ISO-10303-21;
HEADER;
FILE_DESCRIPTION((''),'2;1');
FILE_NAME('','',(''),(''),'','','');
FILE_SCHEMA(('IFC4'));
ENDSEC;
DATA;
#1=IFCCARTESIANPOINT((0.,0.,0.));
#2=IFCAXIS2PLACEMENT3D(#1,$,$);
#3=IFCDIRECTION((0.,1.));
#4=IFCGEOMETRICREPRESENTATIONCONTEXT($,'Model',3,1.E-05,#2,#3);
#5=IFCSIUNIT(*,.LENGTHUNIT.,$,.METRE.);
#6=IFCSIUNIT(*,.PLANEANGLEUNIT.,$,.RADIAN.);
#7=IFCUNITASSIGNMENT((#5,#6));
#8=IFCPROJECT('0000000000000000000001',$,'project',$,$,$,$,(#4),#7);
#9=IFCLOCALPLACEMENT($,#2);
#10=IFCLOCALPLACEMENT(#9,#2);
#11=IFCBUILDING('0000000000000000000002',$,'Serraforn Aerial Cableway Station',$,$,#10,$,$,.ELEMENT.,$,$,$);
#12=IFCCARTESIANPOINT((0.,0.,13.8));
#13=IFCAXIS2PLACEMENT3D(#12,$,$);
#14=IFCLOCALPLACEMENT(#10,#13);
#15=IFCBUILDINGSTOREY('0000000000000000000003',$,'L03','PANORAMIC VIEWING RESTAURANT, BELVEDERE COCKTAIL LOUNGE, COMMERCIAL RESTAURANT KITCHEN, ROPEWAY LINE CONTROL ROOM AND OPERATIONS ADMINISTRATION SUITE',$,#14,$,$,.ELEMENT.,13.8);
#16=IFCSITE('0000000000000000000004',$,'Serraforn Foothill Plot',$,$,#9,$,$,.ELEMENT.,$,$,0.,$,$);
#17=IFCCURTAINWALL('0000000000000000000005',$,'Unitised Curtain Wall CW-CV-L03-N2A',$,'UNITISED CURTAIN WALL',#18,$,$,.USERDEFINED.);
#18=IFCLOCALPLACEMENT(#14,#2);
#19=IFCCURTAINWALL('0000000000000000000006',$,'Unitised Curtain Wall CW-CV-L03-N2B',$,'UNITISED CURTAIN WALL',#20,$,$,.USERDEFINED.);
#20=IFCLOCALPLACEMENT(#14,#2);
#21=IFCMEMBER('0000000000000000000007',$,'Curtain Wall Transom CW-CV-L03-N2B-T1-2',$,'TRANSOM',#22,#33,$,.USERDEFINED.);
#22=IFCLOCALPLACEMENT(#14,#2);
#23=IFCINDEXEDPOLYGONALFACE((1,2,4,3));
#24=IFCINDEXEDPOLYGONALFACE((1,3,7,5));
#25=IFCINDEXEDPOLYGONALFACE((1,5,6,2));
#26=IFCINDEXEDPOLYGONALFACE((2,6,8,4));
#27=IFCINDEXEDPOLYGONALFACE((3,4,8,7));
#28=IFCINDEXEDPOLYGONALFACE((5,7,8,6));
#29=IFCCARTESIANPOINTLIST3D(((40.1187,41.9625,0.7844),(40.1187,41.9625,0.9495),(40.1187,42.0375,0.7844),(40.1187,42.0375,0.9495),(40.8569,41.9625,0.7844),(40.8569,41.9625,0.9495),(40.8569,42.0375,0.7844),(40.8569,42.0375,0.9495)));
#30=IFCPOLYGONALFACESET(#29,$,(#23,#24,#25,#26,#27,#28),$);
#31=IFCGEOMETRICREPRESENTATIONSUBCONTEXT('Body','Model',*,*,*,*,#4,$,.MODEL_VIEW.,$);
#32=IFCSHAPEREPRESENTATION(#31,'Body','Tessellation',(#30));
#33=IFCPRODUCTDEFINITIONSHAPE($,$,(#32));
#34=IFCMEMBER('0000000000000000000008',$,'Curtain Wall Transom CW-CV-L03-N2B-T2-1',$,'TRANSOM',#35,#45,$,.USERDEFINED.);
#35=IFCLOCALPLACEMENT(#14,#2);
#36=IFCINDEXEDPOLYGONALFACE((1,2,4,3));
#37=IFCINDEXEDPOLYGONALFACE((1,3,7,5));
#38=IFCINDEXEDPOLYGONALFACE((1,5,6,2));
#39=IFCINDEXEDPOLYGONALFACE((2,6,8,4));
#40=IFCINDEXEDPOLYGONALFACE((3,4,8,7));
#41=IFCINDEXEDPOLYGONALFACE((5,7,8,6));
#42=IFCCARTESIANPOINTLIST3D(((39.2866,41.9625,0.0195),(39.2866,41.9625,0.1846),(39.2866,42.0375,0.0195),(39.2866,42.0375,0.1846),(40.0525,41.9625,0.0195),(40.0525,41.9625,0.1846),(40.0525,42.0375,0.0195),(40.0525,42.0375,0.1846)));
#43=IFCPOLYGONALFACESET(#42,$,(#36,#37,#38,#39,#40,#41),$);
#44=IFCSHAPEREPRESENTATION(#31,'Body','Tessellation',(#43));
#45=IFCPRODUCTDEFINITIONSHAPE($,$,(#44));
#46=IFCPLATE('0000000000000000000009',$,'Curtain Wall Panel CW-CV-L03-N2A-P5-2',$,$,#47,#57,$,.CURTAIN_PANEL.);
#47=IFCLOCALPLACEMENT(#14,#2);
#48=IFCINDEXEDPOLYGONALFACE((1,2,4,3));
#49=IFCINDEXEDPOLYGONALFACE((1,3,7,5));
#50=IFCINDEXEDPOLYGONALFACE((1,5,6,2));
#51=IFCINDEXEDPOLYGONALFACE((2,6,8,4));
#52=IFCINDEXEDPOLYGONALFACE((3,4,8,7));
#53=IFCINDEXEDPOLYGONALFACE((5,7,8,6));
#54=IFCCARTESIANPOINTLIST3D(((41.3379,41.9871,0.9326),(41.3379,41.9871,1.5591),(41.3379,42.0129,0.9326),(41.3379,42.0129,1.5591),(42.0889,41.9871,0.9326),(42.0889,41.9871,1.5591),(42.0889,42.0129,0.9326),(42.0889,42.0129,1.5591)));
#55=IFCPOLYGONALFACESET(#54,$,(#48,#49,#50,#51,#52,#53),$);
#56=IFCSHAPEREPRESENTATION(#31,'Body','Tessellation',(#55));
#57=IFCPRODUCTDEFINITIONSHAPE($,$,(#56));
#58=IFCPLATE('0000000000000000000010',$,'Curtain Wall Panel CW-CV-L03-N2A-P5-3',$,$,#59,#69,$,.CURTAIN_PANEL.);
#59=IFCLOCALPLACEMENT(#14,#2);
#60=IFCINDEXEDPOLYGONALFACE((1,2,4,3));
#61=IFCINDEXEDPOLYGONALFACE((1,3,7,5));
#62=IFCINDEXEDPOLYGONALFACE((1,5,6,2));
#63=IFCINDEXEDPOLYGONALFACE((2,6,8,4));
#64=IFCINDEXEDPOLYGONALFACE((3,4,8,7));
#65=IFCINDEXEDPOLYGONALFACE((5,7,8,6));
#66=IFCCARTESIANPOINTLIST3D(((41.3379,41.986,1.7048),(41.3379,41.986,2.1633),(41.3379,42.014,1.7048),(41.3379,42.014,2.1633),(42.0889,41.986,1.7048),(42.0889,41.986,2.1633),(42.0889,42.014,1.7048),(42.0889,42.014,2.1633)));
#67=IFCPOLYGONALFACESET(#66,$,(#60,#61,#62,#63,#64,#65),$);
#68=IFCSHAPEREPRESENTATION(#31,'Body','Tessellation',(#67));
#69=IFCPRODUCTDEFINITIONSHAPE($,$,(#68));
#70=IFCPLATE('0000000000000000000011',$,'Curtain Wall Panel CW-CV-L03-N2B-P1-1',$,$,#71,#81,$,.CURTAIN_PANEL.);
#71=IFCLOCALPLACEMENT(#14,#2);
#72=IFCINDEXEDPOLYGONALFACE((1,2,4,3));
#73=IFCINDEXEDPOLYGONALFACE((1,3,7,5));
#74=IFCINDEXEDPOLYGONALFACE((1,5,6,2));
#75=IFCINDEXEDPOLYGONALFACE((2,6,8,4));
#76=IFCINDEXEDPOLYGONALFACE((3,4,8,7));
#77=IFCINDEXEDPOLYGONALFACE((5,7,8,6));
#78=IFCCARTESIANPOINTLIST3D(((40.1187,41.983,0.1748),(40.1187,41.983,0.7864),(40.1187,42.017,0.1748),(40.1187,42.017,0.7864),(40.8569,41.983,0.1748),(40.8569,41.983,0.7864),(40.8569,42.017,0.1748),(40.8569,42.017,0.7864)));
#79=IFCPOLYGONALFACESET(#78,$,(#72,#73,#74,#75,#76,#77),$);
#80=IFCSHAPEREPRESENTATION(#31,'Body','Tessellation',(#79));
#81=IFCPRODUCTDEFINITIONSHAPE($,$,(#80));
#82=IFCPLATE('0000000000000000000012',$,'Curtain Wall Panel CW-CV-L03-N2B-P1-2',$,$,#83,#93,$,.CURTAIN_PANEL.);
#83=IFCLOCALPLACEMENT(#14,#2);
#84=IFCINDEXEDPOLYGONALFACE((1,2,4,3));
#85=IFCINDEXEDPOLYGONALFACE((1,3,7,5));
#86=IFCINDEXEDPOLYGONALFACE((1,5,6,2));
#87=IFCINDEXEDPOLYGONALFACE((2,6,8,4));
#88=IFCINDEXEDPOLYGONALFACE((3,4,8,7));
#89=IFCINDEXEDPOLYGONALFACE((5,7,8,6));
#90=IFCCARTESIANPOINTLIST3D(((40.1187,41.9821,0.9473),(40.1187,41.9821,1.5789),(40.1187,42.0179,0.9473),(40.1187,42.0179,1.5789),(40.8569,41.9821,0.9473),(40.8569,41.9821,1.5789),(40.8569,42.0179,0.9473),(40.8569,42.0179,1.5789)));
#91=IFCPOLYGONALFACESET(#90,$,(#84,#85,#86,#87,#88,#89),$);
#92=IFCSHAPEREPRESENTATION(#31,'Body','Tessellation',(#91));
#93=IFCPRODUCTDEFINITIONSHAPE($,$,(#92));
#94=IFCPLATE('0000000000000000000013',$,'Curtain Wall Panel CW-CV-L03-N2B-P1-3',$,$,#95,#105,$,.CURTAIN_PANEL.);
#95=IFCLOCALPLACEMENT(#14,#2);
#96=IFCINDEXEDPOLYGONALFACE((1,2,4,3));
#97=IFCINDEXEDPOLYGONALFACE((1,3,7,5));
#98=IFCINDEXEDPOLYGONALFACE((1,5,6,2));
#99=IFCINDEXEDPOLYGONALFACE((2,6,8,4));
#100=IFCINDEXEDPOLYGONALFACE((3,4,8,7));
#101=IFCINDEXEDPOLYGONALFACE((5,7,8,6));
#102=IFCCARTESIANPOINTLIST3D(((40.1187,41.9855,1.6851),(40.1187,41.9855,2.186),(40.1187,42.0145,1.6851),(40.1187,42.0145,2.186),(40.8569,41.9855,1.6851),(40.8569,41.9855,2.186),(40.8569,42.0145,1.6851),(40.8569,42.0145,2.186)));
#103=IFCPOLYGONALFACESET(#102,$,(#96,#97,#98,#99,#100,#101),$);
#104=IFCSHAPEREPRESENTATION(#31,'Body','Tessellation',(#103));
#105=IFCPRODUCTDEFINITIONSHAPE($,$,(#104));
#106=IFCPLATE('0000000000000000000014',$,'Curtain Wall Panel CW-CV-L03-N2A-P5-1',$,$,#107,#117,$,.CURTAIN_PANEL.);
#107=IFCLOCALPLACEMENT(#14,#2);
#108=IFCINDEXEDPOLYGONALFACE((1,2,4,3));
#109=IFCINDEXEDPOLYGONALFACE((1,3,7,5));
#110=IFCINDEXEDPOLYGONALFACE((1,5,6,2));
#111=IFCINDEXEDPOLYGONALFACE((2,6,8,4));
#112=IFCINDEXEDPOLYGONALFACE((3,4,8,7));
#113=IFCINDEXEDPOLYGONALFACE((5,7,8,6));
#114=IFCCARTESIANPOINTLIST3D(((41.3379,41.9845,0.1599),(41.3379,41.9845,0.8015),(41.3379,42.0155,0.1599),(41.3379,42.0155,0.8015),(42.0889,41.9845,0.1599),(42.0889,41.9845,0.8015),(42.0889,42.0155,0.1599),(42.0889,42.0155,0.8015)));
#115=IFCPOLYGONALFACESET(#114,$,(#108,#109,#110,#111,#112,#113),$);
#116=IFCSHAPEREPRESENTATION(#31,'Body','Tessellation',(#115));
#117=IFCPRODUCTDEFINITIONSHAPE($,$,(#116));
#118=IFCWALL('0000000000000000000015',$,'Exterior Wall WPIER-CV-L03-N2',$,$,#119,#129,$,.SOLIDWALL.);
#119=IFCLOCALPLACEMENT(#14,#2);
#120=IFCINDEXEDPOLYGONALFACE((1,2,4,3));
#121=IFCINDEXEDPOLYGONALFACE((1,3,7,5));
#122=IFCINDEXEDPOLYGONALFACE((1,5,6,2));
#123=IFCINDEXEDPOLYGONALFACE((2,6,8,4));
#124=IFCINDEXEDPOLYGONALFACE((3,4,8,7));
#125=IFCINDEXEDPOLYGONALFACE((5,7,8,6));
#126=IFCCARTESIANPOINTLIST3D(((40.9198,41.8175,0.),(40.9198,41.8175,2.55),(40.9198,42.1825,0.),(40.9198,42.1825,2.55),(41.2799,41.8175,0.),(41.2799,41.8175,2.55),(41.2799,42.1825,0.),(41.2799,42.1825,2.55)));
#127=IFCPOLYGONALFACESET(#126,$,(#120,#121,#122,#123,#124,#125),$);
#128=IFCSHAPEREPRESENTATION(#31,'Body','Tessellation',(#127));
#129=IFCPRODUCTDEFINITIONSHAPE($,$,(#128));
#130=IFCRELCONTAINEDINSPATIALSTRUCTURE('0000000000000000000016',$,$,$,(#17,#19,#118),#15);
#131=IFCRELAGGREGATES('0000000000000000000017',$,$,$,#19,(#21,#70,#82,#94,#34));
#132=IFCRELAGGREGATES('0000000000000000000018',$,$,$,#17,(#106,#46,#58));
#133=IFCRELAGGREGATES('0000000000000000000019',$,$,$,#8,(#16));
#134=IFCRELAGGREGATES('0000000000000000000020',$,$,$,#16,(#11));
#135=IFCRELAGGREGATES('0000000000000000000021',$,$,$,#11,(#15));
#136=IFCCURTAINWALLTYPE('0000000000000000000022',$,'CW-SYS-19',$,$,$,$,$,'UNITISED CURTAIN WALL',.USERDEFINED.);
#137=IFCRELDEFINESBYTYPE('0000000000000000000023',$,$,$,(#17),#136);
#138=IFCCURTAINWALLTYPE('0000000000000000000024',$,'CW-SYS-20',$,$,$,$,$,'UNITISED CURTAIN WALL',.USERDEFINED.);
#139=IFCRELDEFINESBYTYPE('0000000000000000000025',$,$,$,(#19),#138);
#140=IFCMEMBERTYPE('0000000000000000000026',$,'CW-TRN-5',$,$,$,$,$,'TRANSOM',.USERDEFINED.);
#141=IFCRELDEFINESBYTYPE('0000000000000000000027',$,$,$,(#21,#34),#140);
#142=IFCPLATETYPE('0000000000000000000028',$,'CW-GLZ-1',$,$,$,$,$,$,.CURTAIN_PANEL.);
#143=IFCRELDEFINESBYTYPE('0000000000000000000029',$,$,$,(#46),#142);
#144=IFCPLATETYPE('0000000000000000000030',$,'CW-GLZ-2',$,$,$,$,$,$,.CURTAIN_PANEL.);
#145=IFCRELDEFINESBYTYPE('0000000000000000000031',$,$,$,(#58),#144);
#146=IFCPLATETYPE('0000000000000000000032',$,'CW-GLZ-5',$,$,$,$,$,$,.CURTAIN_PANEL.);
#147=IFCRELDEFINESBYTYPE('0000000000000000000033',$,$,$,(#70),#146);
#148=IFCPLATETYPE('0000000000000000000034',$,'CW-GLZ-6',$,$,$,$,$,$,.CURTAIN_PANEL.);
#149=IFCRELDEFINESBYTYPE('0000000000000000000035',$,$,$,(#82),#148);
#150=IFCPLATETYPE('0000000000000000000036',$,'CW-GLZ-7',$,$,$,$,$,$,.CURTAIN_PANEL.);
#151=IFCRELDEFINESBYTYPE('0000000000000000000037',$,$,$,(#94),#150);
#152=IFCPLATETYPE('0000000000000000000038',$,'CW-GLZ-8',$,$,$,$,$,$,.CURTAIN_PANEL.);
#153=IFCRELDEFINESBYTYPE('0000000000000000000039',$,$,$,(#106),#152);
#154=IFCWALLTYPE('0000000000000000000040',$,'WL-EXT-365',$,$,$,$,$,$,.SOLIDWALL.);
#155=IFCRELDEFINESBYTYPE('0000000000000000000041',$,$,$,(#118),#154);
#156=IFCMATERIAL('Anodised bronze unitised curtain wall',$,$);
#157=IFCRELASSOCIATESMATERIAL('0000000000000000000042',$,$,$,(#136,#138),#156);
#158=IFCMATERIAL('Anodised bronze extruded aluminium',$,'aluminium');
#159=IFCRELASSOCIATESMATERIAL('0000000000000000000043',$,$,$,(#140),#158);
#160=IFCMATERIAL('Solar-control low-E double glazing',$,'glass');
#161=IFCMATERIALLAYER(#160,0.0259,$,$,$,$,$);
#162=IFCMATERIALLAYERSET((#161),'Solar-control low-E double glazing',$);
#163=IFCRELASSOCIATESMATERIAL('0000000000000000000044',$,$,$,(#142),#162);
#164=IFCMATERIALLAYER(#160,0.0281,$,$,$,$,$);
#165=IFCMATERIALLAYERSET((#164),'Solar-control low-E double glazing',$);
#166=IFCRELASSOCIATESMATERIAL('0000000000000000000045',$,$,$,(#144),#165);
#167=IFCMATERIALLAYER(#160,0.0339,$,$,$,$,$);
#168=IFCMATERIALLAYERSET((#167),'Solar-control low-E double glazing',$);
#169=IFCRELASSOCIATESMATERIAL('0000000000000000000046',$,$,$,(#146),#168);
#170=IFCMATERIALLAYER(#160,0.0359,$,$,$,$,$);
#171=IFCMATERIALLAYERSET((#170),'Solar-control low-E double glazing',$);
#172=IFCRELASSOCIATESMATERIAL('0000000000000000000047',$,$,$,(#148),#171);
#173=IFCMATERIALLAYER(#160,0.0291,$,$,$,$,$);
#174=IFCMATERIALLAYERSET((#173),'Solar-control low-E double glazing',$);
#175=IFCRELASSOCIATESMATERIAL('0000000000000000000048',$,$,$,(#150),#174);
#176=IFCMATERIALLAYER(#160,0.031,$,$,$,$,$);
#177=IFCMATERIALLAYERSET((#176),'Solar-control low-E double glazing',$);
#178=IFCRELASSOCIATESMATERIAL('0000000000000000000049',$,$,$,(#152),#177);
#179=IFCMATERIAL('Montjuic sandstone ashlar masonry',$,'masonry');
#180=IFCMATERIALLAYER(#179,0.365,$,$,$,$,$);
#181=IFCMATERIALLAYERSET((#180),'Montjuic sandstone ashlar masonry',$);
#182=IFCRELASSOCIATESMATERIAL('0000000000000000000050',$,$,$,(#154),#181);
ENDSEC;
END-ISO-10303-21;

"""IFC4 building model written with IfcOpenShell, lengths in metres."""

from ifc_helpers import new_model, si_unit, direction, frame, frame_2d, origin, origin_2d, place, context, subcontext, project, spatial, rectangle, extrude, material, layer, layer_set, material_profile, profile_set, type_object, element, aggregate, save


model = new_model("IFC4")

# Units and contexts
model_context = context("Model", 3, precision=1e-05, world=origin(), true_north=direction((0.0, 1.0)))
body_context = subcontext(model_context, "Body", "Model", "MODEL_VIEW")
ifc_project = project(units=[si_unit("LENGTHUNIT", "METRE"), si_unit("PLANEANGLEUNIT", "RADIAN")], contexts=[model_context])

# Site, building, storey
site_placement = place(None, origin())
site = spatial("IfcSite", under=ifc_project, at=site_placement, Name="Serraforn Foothill Plot", CompositionType="ELEMENT", RefElevation=0.0)
building_placement = place(site_placement, origin())
building = spatial("IfcBuilding", under=site, at=building_placement, Name="Serraforn Aerial Cableway Station", CompositionType="ELEMENT")
storey_placement = place(building_placement, frame((0.0, 0.0, 13.8)))
storey = spatial("IfcBuildingStorey", under=building, at=storey_placement, Name="L03", Description="PANORAMIC VIEWING RESTAURANT, BELVEDERE COCKTAIL LOUNGE, COMMERCIAL RESTAURANT KITCHEN, ROPEWAY LINE CONTROL ROOM AND OPERATIONS ADMINISTRATION SUITE", CompositionType="ELEMENT", Elevation=13.8)

# Curtain wall
ifc_material_1 = material(Name="Anodised bronze unitised curtain wall")
curtain_wall_type_1 = type_object("IfcCurtainWallType", Name="CW-SYS-19", ElementType="UNITISED CURTAIN WALL", PredefinedType="USERDEFINED", material=ifc_material_1)
curtain_wall_1_placement = place(storey_placement, origin())
curtain_wall_1 = element("IfcCurtainWall", 1, at=curtain_wall_1_placement, inside=storey, type_object=curtain_wall_type_1, Name="Unitised Curtain Wall CW-CV-L03-N2A", ObjectType="UNITISED CURTAIN WALL", PredefinedType="USERDEFINED")
ifc_material_2 = material(Name="Anodised bronze extruded aluminium", Category="aluminium")

# Curtain wall
curtain_wall_type_2 = type_object("IfcCurtainWallType", Name="CW-SYS-20", ElementType="UNITISED CURTAIN WALL", PredefinedType="USERDEFINED", material=ifc_material_1)
curtain_wall_2_placement = place(storey_placement, origin())
curtain_wall_2 = element("IfcCurtainWall", 2, at=curtain_wall_2_placement, inside=storey, type_object=curtain_wall_type_2, Name="Unitised Curtain Wall CW-CV-L03-N2B", ObjectType="UNITISED CURTAIN WALL", PredefinedType="USERDEFINED")

# Members
ifc_material_profile_1 = material_profile(ifc_material_2, rectangle(XDim=0.075, YDim=0.165, at=origin_2d()), Name="CW TRANSOM 75x165")
ifc_profile_set_1 = profile_set([ifc_material_profile_1], Name="Anodised bronze extruded aluminium")
member_type_1 = type_object("IfcMemberType", Name="CW-TRN-5", ElementType="TRANSOM", PredefinedType="USERDEFINED", material=ifc_profile_set_1)
member_1_placement = place(storey_placement, frame((40.8569, 42.0, 0.8669), z_axis=(-1.0, 0.0, 0.0), x_axis=(0.0, -1.0, 0.0)))
member_1 = element("IfcMember", 3, at=member_1_placement, type_object=member_type_1, Name="Curtain Wall Transom CW-CV-L03-N2B-T1-2", ObjectType="TRANSOM", PredefinedType="USERDEFINED", context=body_context, shape_type="SweptSolid", body=[
    extrude(rectangle(XDim=0.075, YDim=0.165, at=origin_2d()), origin(), (0.0, 0.0, 1.0), 0.7383),
])
member_2_placement = place(storey_placement, frame((40.0525, 42.0, 0.1021), z_axis=(-1.0, 0.0, 0.0), x_axis=(0.0, -1.0, 0.0)))
member_2 = element("IfcMember", 4, at=member_2_placement, type_object=member_type_1, Name="Curtain Wall Transom CW-CV-L03-N2B-T2-1", ObjectType="TRANSOM", PredefinedType="USERDEFINED", context=body_context, shape_type="SweptSolid", body=[
    extrude(rectangle(XDim=0.075, YDim=0.165, at=origin_2d()), origin(), (0.0, 0.0, 1.0), 0.7659),
])

# Plates
ifc_material_3 = material(Name="Solar-control low-E double glazing", Category="glass")
ifc_layer_1 = layer(ifc_material_3, 0.0259)
ifc_layer_set_1 = layer_set([ifc_layer_1], Name="Solar-control low-E double glazing")
plate_type_1 = type_object("IfcPlateType", Name="CW-GLZ-1", PredefinedType="CURTAIN_PANEL", material=ifc_layer_set_1)
plate_1_placement = place(storey_placement, frame((41.7134, 42.0, 0.9326), z_axis=(0.0, 0.0, 1.0), x_axis=(1.0, 0.0, 0.0)))
plate_1 = element("IfcPlate", 5, at=plate_1_placement, type_object=plate_type_1, Name="Curtain Wall Panel CW-CV-L03-N2A-P5-2", PredefinedType="CURTAIN_PANEL", context=body_context, shape_type="SweptSolid", body=[
    extrude(rectangle(XDim=0.751, YDim=0.0259, at=origin_2d()), origin(), (0.0, 0.0, 1.0), 0.6265),
])
ifc_layer_2 = layer(ifc_material_3, 0.0281)
ifc_layer_set_2 = layer_set([ifc_layer_2], Name="Solar-control low-E double glazing")
plate_type_2 = type_object("IfcPlateType", Name="CW-GLZ-2", PredefinedType="CURTAIN_PANEL", material=ifc_layer_set_2)
plate_2_placement = place(storey_placement, frame((41.7134, 42.0, 1.7048), z_axis=(0.0, 0.0, 1.0), x_axis=(1.0, 0.0, 0.0)))
plate_2 = element("IfcPlate", 6, at=plate_2_placement, type_object=plate_type_2, Name="Curtain Wall Panel CW-CV-L03-N2A-P5-3", PredefinedType="CURTAIN_PANEL", context=body_context, shape_type="SweptSolid", body=[
    extrude(rectangle(XDim=0.751, YDim=0.0281, at=origin_2d()), origin(), (0.0, 0.0, 1.0), 0.4585),
])
ifc_layer_3 = layer(ifc_material_3, 0.0339)
ifc_layer_set_3 = layer_set([ifc_layer_3], Name="Solar-control low-E double glazing")
plate_type_3 = type_object("IfcPlateType", Name="CW-GLZ-5", PredefinedType="CURTAIN_PANEL", material=ifc_layer_set_3)
plate_3_placement = place(storey_placement, frame((40.4878, 42.0, 0.1748), z_axis=(0.0, 0.0, 1.0), x_axis=(1.0, 0.0, 0.0)))
plate_3 = element("IfcPlate", 7, at=plate_3_placement, type_object=plate_type_3, Name="Curtain Wall Panel CW-CV-L03-N2B-P1-1", PredefinedType="CURTAIN_PANEL", context=body_context, shape_type="SweptSolid", body=[
    extrude(rectangle(XDim=0.7383, YDim=0.0339, at=origin_2d()), origin(), (0.0, 0.0, 1.0), 0.6116),
])
ifc_layer_4 = layer(ifc_material_3, 0.0359)
ifc_layer_set_4 = layer_set([ifc_layer_4], Name="Solar-control low-E double glazing")
plate_type_4 = type_object("IfcPlateType", Name="CW-GLZ-6", PredefinedType="CURTAIN_PANEL", material=ifc_layer_set_4)
plate_4_placement = place(storey_placement, frame((40.4878, 42.0, 0.9473), z_axis=(0.0, 0.0, 1.0), x_axis=(1.0, 0.0, 0.0)))
plate_4 = element("IfcPlate", 8, at=plate_4_placement, type_object=plate_type_4, Name="Curtain Wall Panel CW-CV-L03-N2B-P1-2", PredefinedType="CURTAIN_PANEL", context=body_context, shape_type="SweptSolid", body=[
    extrude(rectangle(XDim=0.7383, YDim=0.0359, at=origin_2d()), origin(), (0.0, 0.0, 1.0), 0.6316),
])
ifc_layer_5 = layer(ifc_material_3, 0.0291)
ifc_layer_set_5 = layer_set([ifc_layer_5], Name="Solar-control low-E double glazing")
plate_type_5 = type_object("IfcPlateType", Name="CW-GLZ-7", PredefinedType="CURTAIN_PANEL", material=ifc_layer_set_5)
plate_5_placement = place(storey_placement, frame((40.4878, 42.0, 1.6851), z_axis=(0.0, 0.0, 1.0), x_axis=(1.0, 0.0, 0.0)))
plate_5 = element("IfcPlate", 9, at=plate_5_placement, type_object=plate_type_5, Name="Curtain Wall Panel CW-CV-L03-N2B-P1-3", PredefinedType="CURTAIN_PANEL", context=body_context, shape_type="SweptSolid", body=[
    extrude(rectangle(XDim=0.7383, YDim=0.0291, at=origin_2d()), origin(), (0.0, 0.0, 1.0), 0.501),
])
aggregate(curtain_wall_2, [member_1, plate_3, plate_4, plate_5, member_2])
ifc_layer_6 = layer(ifc_material_3, 0.031)
ifc_layer_set_6 = layer_set([ifc_layer_6], Name="Solar-control low-E double glazing")
plate_type_6 = type_object("IfcPlateType", Name="CW-GLZ-8", PredefinedType="CURTAIN_PANEL", material=ifc_layer_set_6)
plate_6_placement = place(storey_placement, frame((41.7134, 42.0, 0.1599), z_axis=(0.0, 0.0, 1.0), x_axis=(1.0, 0.0, 0.0)))
plate_6 = element("IfcPlate", 10, at=plate_6_placement, type_object=plate_type_6, Name="Curtain Wall Panel CW-CV-L03-N2A-P5-1", PredefinedType="CURTAIN_PANEL", context=body_context, shape_type="SweptSolid", body=[
    extrude(rectangle(XDim=0.751, YDim=0.031, at=origin_2d()), origin(), (0.0, 0.0, 1.0), 0.6416),
])
aggregate(curtain_wall_1, [plate_6, plate_1, plate_2])

# Wall
ifc_material_4 = material(Name="Montjuic sandstone ashlar masonry", Category="masonry")
ifc_layer_7 = layer(ifc_material_4, 0.365)
ifc_layer_set_7 = layer_set([ifc_layer_7], Name="Montjuic sandstone ashlar masonry")
wall_type = type_object("IfcWallType", Name="WL-EXT-365", PredefinedType="SOLIDWALL", material=ifc_layer_set_7)
wall_placement = place(storey_placement, frame((41.28, 42.0, 0.0), z_axis=(0.0, 0.0, 1.0), x_axis=(-1.0, 0.0, 0.0)))
element("IfcWall", 11, at=wall_placement, inside=storey, type_object=wall_type, Name="Exterior Wall WPIER-CV-L03-N2", PredefinedType="SOLIDWALL", context=body_context, shape_type="SweptSolid", body=[
    extrude(rectangle(XDim=0.3601, YDim=0.365, at=frame_2d((0.1802, 0.0))), origin(), (0.0, 0.0, 1.0), 2.55),
])

save(model, "model.ifc")
